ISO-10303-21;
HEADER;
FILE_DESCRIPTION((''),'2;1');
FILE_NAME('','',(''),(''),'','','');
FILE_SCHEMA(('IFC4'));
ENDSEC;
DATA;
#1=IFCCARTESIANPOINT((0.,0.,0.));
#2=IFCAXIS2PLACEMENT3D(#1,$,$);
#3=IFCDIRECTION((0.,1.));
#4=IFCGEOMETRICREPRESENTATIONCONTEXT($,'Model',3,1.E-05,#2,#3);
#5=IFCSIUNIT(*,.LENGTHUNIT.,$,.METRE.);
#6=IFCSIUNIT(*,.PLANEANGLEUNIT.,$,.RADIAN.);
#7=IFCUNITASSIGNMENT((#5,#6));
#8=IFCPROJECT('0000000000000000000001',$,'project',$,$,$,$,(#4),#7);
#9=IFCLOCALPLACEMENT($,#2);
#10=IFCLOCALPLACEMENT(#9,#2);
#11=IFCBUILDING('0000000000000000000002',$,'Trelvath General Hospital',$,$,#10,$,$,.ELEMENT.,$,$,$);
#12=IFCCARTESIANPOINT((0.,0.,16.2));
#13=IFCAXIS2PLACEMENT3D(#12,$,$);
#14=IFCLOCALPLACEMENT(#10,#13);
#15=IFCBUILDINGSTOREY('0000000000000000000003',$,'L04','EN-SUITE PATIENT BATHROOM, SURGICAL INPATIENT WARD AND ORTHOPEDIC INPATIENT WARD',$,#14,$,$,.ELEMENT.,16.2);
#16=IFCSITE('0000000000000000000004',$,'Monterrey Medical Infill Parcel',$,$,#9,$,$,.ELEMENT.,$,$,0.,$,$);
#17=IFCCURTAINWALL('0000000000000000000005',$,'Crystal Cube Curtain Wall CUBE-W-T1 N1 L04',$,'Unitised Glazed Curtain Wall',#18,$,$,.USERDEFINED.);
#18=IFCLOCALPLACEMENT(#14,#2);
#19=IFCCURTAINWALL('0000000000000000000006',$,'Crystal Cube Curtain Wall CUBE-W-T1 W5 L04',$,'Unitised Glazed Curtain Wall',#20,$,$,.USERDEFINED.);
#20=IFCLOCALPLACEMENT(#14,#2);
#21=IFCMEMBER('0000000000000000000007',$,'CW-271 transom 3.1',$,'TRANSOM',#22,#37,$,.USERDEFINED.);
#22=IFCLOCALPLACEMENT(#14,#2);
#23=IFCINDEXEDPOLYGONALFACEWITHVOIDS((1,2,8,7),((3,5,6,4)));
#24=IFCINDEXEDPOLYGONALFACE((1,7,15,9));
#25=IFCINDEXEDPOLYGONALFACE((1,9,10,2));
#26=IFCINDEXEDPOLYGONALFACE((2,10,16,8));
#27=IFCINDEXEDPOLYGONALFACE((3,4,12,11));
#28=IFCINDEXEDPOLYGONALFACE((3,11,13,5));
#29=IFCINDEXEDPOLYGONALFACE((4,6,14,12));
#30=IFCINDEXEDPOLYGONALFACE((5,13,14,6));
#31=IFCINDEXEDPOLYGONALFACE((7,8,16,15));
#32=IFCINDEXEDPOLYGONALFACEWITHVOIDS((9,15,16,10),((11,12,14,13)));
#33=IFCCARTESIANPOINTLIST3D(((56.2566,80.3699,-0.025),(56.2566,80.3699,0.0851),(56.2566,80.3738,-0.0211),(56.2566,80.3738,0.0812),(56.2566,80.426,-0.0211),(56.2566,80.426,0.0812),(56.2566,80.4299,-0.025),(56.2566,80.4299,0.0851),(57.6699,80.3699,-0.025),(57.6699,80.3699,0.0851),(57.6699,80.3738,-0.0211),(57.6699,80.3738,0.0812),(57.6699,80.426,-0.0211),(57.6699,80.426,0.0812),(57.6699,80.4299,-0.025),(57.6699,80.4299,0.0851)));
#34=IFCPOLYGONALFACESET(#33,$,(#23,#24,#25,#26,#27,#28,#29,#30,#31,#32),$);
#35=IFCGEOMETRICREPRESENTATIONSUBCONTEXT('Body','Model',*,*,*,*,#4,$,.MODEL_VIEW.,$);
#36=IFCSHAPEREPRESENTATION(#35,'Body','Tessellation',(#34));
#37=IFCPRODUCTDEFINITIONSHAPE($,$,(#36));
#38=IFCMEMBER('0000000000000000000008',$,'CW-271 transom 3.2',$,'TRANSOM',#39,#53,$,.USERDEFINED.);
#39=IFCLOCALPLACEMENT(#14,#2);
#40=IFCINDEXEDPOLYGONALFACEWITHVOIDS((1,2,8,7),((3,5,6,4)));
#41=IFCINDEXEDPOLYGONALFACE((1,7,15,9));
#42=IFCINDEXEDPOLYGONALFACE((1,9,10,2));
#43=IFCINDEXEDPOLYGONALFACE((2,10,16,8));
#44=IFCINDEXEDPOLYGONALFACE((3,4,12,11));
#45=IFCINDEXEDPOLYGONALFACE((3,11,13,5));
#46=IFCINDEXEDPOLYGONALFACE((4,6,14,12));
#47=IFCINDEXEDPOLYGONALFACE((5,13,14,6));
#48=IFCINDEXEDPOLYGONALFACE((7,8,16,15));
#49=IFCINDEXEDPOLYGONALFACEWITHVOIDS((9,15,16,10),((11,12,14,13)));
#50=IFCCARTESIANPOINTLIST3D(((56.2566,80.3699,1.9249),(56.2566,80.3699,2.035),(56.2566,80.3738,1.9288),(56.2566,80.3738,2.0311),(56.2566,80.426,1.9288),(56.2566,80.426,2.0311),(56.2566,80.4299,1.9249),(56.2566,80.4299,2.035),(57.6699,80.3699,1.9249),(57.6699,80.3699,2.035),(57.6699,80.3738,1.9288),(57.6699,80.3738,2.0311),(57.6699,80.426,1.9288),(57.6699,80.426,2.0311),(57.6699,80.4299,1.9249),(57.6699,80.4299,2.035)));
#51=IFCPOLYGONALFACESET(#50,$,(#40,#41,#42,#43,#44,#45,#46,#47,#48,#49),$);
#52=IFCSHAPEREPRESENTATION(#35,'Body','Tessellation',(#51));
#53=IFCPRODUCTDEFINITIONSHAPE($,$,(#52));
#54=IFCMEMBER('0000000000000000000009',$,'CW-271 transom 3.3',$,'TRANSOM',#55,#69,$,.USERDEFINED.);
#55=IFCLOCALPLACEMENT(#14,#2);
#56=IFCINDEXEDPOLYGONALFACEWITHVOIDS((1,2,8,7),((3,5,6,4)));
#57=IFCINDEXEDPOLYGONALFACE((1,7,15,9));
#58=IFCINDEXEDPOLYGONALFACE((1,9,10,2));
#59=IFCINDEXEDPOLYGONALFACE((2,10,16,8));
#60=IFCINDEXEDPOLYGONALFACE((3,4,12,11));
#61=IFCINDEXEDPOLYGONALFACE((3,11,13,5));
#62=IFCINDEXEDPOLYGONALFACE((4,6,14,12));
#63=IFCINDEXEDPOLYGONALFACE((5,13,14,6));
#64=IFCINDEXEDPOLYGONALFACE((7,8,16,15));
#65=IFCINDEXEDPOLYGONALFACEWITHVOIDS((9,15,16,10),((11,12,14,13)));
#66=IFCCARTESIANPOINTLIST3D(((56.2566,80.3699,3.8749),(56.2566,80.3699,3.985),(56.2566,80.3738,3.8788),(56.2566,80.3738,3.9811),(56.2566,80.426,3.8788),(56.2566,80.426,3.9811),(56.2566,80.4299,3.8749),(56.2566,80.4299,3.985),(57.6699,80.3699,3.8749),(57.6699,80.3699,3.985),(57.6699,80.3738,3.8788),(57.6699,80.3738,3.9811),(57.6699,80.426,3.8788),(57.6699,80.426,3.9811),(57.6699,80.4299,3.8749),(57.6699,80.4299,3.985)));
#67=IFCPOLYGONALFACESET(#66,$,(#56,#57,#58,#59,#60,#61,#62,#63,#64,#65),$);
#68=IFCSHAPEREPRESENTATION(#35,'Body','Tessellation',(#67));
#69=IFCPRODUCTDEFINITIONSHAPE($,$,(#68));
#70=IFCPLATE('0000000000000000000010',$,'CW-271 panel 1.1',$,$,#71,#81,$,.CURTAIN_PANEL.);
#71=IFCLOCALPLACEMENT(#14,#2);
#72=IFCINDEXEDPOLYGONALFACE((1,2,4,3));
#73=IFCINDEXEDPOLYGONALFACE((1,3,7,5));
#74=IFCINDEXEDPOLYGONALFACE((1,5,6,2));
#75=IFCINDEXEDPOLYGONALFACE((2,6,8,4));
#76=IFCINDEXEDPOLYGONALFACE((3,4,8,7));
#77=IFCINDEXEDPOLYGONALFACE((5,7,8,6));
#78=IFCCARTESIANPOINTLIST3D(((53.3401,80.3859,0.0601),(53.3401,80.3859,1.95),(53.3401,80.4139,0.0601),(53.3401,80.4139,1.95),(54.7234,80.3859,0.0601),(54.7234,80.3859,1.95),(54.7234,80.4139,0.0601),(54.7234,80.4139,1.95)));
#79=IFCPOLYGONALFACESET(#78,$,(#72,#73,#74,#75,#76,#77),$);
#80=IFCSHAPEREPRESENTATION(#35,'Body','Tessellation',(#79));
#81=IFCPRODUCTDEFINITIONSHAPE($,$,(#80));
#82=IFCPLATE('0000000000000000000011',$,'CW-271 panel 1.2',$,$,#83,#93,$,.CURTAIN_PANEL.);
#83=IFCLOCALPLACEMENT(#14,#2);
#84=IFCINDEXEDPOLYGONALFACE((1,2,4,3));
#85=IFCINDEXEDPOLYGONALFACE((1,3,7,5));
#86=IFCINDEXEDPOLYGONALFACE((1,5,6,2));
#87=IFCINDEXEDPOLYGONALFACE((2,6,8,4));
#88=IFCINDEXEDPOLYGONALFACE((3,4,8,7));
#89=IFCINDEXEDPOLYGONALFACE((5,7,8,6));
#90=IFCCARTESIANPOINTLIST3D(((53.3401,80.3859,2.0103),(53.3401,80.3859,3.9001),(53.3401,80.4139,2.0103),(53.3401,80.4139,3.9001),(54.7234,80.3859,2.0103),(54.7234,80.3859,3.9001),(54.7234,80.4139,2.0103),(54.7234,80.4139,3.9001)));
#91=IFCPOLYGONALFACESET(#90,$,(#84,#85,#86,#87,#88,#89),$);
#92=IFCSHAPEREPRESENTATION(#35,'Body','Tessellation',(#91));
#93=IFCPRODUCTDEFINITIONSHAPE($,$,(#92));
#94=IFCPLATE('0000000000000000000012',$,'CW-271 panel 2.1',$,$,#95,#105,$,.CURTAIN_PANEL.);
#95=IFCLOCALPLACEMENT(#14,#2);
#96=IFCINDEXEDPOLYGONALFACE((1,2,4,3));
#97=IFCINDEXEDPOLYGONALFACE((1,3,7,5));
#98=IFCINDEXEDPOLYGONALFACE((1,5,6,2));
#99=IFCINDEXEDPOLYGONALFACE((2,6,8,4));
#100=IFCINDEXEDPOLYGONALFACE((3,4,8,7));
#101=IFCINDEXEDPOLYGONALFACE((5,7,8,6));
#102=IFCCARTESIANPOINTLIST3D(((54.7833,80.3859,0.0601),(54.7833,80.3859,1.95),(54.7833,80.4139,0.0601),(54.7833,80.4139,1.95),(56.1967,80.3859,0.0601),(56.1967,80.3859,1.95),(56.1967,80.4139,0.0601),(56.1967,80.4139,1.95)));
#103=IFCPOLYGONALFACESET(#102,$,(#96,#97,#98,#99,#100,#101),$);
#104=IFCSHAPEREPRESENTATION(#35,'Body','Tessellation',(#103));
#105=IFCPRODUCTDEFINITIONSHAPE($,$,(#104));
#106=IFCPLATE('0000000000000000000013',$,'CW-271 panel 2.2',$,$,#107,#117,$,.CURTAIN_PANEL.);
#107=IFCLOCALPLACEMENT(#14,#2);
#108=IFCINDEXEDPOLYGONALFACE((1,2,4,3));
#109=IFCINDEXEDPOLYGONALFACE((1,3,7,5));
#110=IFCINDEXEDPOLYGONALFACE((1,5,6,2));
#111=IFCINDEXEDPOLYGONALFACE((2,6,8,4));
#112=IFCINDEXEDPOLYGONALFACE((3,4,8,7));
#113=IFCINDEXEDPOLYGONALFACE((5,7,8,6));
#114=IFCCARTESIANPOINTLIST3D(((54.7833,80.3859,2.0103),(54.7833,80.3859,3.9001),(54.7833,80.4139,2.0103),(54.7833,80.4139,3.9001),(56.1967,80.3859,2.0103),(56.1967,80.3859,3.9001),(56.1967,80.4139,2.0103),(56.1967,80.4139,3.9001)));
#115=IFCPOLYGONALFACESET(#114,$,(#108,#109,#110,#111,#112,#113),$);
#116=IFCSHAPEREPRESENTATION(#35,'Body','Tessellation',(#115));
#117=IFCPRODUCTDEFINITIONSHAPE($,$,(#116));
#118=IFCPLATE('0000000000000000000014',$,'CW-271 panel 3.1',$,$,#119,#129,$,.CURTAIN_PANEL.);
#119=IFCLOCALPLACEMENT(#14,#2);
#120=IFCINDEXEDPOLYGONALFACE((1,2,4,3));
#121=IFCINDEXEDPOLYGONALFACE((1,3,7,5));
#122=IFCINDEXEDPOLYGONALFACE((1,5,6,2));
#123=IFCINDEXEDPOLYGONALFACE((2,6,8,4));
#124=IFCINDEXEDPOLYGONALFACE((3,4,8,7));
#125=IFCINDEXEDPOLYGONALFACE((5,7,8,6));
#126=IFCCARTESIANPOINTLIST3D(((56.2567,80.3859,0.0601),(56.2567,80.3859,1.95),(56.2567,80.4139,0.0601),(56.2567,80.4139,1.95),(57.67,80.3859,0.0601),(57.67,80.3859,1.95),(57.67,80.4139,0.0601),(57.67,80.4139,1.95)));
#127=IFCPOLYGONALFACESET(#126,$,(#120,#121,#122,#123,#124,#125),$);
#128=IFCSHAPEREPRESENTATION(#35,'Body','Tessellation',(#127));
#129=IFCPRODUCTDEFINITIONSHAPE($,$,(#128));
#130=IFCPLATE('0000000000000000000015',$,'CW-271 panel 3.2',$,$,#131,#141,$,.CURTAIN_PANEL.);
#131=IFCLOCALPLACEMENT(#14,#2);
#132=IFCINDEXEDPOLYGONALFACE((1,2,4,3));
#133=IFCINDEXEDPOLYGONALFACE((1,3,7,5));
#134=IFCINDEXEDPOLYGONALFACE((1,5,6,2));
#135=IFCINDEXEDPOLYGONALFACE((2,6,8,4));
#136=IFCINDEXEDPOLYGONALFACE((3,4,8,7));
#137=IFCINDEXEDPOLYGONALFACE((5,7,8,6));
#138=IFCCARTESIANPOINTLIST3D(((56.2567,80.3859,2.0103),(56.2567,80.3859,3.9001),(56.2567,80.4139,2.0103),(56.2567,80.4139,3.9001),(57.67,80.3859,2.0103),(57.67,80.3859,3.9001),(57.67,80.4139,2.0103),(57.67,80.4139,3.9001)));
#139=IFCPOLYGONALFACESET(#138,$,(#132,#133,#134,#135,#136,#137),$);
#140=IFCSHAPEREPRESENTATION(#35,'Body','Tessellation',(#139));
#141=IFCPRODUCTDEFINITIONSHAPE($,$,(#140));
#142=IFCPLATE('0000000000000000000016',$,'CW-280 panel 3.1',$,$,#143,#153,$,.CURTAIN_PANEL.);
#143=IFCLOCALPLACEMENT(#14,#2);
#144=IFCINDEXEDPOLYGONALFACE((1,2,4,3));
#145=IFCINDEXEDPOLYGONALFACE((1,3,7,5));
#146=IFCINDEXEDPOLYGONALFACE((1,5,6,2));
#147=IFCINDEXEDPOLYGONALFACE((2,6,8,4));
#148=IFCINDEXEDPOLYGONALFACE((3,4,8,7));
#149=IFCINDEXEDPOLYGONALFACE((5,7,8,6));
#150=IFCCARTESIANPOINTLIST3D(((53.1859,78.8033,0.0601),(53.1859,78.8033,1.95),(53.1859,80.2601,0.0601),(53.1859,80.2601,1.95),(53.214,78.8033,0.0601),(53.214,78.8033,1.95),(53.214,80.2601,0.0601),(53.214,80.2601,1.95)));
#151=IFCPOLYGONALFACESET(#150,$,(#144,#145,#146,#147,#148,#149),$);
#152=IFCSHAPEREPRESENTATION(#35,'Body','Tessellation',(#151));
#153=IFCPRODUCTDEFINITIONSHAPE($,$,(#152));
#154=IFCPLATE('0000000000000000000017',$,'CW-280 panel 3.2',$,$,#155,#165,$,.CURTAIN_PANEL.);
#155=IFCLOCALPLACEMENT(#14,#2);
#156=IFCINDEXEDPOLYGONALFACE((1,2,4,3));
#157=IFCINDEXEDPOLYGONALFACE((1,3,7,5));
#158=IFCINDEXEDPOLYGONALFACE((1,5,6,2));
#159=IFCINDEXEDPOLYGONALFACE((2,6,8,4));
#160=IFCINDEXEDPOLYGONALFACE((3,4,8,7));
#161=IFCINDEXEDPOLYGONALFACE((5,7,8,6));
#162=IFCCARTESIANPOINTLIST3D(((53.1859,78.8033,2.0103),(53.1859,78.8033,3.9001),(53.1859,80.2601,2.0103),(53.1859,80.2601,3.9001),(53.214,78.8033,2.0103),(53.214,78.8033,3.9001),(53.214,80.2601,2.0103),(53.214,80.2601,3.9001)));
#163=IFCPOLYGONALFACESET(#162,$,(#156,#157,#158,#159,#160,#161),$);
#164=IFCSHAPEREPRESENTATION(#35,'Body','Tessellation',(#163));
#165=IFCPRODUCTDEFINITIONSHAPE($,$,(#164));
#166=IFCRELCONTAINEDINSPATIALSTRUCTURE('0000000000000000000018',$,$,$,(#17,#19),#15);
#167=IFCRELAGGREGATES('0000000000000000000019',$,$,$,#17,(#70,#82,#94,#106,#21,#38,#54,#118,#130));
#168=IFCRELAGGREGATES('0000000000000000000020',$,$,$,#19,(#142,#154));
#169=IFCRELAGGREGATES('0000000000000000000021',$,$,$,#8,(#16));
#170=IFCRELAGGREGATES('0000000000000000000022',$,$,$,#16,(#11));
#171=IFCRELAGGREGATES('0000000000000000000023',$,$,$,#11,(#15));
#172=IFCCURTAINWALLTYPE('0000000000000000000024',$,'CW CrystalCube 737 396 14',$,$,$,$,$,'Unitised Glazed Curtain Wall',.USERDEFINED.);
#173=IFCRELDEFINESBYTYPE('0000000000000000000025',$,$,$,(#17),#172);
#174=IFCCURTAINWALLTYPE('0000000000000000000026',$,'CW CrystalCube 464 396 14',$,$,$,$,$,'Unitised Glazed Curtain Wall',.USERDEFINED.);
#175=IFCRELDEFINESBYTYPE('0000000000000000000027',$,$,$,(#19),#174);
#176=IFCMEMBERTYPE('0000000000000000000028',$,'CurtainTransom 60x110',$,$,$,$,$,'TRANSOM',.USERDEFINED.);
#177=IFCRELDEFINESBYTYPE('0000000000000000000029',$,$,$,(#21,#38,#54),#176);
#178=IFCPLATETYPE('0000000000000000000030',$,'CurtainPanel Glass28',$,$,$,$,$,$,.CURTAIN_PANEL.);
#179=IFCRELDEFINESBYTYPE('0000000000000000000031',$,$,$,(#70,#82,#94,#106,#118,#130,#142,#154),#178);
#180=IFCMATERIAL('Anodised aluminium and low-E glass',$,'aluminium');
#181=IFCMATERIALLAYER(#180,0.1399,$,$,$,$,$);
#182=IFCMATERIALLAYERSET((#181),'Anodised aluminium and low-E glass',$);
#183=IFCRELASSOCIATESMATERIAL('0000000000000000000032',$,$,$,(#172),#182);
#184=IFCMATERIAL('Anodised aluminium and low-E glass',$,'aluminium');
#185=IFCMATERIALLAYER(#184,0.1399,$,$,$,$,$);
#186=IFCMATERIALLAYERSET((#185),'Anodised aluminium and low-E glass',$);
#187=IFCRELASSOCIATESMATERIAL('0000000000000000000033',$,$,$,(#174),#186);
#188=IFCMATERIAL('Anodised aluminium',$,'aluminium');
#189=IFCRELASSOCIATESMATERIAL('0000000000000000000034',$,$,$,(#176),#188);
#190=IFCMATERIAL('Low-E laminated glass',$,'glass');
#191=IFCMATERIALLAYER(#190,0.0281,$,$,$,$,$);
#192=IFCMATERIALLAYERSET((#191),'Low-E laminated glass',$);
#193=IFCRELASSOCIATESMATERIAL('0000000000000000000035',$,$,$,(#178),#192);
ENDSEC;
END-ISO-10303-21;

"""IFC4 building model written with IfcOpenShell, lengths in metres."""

from ifc_helpers import new_model, si_unit, direction, frame, origin, origin_2d, place, context, subcontext, project, spatial, rectangle, hollow_rectangle, extrude, material, layer, layer_set, material_profile, profile_set, type_object, element, aggregate, save


model = new_model("IFC4")

# Units and contexts
model_context = context("Model", 3, precision=1e-05, world=origin(), true_north=direction((0.0, 1.0)))
body_context = subcontext(model_context, "Body", "Model", "MODEL_VIEW")
ifc_project = project(units=[si_unit("LENGTHUNIT", "METRE"), si_unit("PLANEANGLEUNIT", "RADIAN")], contexts=[model_context])

# Site, building, storey
site_placement = place(None, origin())
site = spatial("IfcSite", under=ifc_project, at=site_placement, Name="Monterrey Medical Infill Parcel", CompositionType="ELEMENT", RefElevation=0.0)
building_placement = place(site_placement, origin())
building = spatial("IfcBuilding", under=site, at=building_placement, Name="Trelvath General Hospital", CompositionType="ELEMENT")
storey_placement = place(building_placement, frame((0.0, 0.0, 16.2)))
storey = spatial("IfcBuildingStorey", under=building, at=storey_placement, Name="L04", Description="EN-SUITE PATIENT BATHROOM, SURGICAL INPATIENT WARD AND ORTHOPEDIC INPATIENT WARD", CompositionType="ELEMENT", Elevation=16.2)

# Curtain wall
ifc_material_1 = material(Name="Anodised aluminium and low-E glass", Category="aluminium")
ifc_layer_1 = layer(ifc_material_1, 0.1399)
ifc_layer_set_1 = layer_set([ifc_layer_1], Name="Anodised aluminium and low-E glass")
curtain_wall_type_1 = type_object("IfcCurtainWallType", Name="CW CrystalCube 737 396 14", ElementType="Unitised Glazed Curtain Wall", PredefinedType="USERDEFINED", material=ifc_layer_set_1)
curtain_wall_1_placement = place(storey_placement, origin())
curtain_wall_1 = element("IfcCurtainWall", 1, at=curtain_wall_1_placement, inside=storey, type_object=curtain_wall_type_1, Name="Crystal Cube Curtain Wall CUBE-W-T1 N1 L04", ObjectType="Unitised Glazed Curtain Wall", PredefinedType="USERDEFINED")

# Curtain wall
ifc_material_2 = material(Name="Anodised aluminium and low-E glass", Category="aluminium")
ifc_layer_2 = layer(ifc_material_2, 0.1399)
ifc_layer_set_2 = layer_set([ifc_layer_2], Name="Anodised aluminium and low-E glass")
curtain_wall_type_2 = type_object("IfcCurtainWallType", Name="CW CrystalCube 464 396 14", ElementType="Unitised Glazed Curtain Wall", PredefinedType="USERDEFINED", material=ifc_layer_set_2)
curtain_wall_2_placement = place(storey_placement, origin())
curtain_wall_2 = element("IfcCurtainWall", 2, at=curtain_wall_2_placement, inside=storey, type_object=curtain_wall_type_2, Name="Crystal Cube Curtain Wall CUBE-W-T1 W5 L04", ObjectType="Unitised Glazed Curtain Wall", PredefinedType="USERDEFINED")

# Members
ifc_material_3 = material(Name="Anodised aluminium", Category="aluminium")
ifc_material_profile_1 = material_profile(ifc_material_3, hollow_rectangle(XDim=0.0601, YDim=0.1101, WallThickness=0.0039, at=origin_2d()), Name="RHS60x110x4")
ifc_profile_set_1 = profile_set([ifc_material_profile_1], Name="Anodised aluminium")
member_type_1 = type_object("IfcMemberType", Name="CurtainTransom 60x110", ElementType="TRANSOM", PredefinedType="USERDEFINED", material=ifc_profile_set_1)
member_1_placement = place(storey_placement, frame((56.2566, 80.3999, 0.03), z_axis=(1.0, 0.0, 0.0), x_axis=(0.0, 1.0, 0.0)))
member_1 = element("IfcMember", 3, at=member_1_placement, type_object=member_type_1, Name="CW-271 transom 3.1", ObjectType="TRANSOM", PredefinedType="USERDEFINED", context=body_context, shape_type="SweptSolid", body=[
    extrude(hollow_rectangle(XDim=0.0601, YDim=0.1101, WallThickness=0.0039, at=origin_2d()), origin(), (0.0, 0.0, 1.0), 1.4133),
])
member_2_placement = place(storey_placement, frame((56.2566, 80.3999, 1.98), z_axis=(1.0, 0.0, 0.0), x_axis=(0.0, 1.0, 0.0)))
member_2 = element("IfcMember", 4, at=member_2_placement, type_object=member_type_1, Name="CW-271 transom 3.2", ObjectType="TRANSOM", PredefinedType="USERDEFINED", context=body_context, shape_type="SweptSolid", body=[
    extrude(hollow_rectangle(XDim=0.0601, YDim=0.1101, WallThickness=0.0039, at=origin_2d()), origin(), (0.0, 0.0, 1.0), 1.4133),
])
member_3_placement = place(storey_placement, frame((56.2566, 80.3999, 3.9299), z_axis=(1.0, 0.0, 0.0), x_axis=(0.0, 1.0, 0.0)))
member_3 = element("IfcMember", 5, at=member_3_placement, type_object=member_type_1, Name="CW-271 transom 3.3", ObjectType="TRANSOM", PredefinedType="USERDEFINED", context=body_context, shape_type="SweptSolid", body=[
    extrude(hollow_rectangle(XDim=0.0601, YDim=0.1101, WallThickness=0.0039, at=origin_2d()), origin(), (0.0, 0.0, 1.0), 1.4133),
])

# Plates
ifc_material_4 = material(Name="Low-E laminated glass", Category="glass")
ifc_layer_3 = layer(ifc_material_4, 0.0281)
ifc_layer_set_3 = layer_set([ifc_layer_3], Name="Low-E laminated glass")
plate_type = type_object("IfcPlateType", Name="CurtainPanel Glass28", PredefinedType="CURTAIN_PANEL", material=ifc_layer_set_3)
plate_1_placement = place(storey_placement, frame((54.0317, 80.3999, 0.0601), z_axis=(0.0, 0.0, 1.0), x_axis=(1.0, 0.0, 0.0)))
plate_1 = element("IfcPlate", 6, at=plate_1_placement, type_object=plate_type, Name="CW-271 panel 1.1", PredefinedType="CURTAIN_PANEL", context=body_context, shape_type="SweptSolid", body=[
    extrude(rectangle(XDim=1.3833, YDim=0.0281, at=origin_2d()), origin(), (0.0, 0.0, 1.0), 1.8899),
])
plate_2_placement = place(storey_placement, frame((54.0317, 80.3999, 2.0103), z_axis=(0.0, 0.0, 1.0), x_axis=(1.0, 0.0, 0.0)))
plate_2 = element("IfcPlate", 7, at=plate_2_placement, type_object=plate_type, Name="CW-271 panel 1.2", PredefinedType="CURTAIN_PANEL", context=body_context, shape_type="SweptSolid", body=[
    extrude(rectangle(XDim=1.3833, YDim=0.0281, at=origin_2d()), origin(), (0.0, 0.0, 1.0), 1.8899),
])
plate_3_placement = place(storey_placement, frame((55.49, 80.3999, 0.0601), z_axis=(0.0, 0.0, 1.0), x_axis=(1.0, 0.0, 0.0)))
plate_3 = element("IfcPlate", 8, at=plate_3_placement, type_object=plate_type, Name="CW-271 panel 2.1", PredefinedType="CURTAIN_PANEL", context=body_context, shape_type="SweptSolid", body=[
    extrude(rectangle(XDim=1.4133, YDim=0.0281, at=origin_2d()), origin(), (0.0, 0.0, 1.0), 1.8899),
])
plate_4_placement = place(storey_placement, frame((55.49, 80.3999, 2.0103), z_axis=(0.0, 0.0, 1.0), x_axis=(1.0, 0.0, 0.0)))
plate_4 = element("IfcPlate", 9, at=plate_4_placement, type_object=plate_type, Name="CW-271 panel 2.2", PredefinedType="CURTAIN_PANEL", context=body_context, shape_type="SweptSolid", body=[
    extrude(rectangle(XDim=1.4133, YDim=0.0281, at=origin_2d()), origin(), (0.0, 0.0, 1.0), 1.8899),
])
plate_5_placement = place(storey_placement, frame((56.9634, 80.3999, 0.0601), z_axis=(0.0, 0.0, 1.0), x_axis=(1.0, 0.0, 0.0)))
plate_5 = element("IfcPlate", 10, at=plate_5_placement, type_object=plate_type, Name="CW-271 panel 3.1", PredefinedType="CURTAIN_PANEL", context=body_context, shape_type="SweptSolid", body=[
    extrude(rectangle(XDim=1.4133, YDim=0.0281, at=origin_2d()), origin(), (0.0, 0.0, 1.0), 1.8899),
])
plate_6_placement = place(storey_placement, frame((56.9634, 80.3999, 2.0103), z_axis=(0.0, 0.0, 1.0), x_axis=(1.0, 0.0, 0.0)))
plate_6 = element("IfcPlate", 11, at=plate_6_placement, type_object=plate_type, Name="CW-271 panel 3.2", PredefinedType="CURTAIN_PANEL", context=body_context, shape_type="SweptSolid", body=[
    extrude(rectangle(XDim=1.4133, YDim=0.0281, at=origin_2d()), origin(), (0.0, 0.0, 1.0), 1.8899),
])
aggregate(curtain_wall_1, [plate_1, plate_2, plate_3, plate_4, member_1, member_2, member_3, plate_5, plate_6])
plate_7_placement = place(storey_placement, frame((53.2, 79.5317, 0.0601), z_axis=(0.0, 0.0, 1.0), x_axis=(0.0, 1.0, 0.0)))
plate_7 = element("IfcPlate", 12, at=plate_7_placement, type_object=plate_type, Name="CW-280 panel 3.1", PredefinedType="CURTAIN_PANEL", context=body_context, shape_type="SweptSolid", body=[
    extrude(rectangle(XDim=1.4568, YDim=0.0281, at=origin_2d()), origin(), (0.0, 0.0, 1.0), 1.8899),
])
plate_8_placement = place(storey_placement, frame((53.2, 79.5317, 2.0103), z_axis=(0.0, 0.0, 1.0), x_axis=(0.0, 1.0, 0.0)))
plate_8 = element("IfcPlate", 13, at=plate_8_placement, type_object=plate_type, Name="CW-280 panel 3.2", PredefinedType="CURTAIN_PANEL", context=body_context, shape_type="SweptSolid", body=[
    extrude(rectangle(XDim=1.4568, YDim=0.0281, at=origin_2d()), origin(), (0.0, 0.0, 1.0), 1.8899),
])
aggregate(curtain_wall_2, [plate_7, plate_8])

save(model, "model.ifc")
